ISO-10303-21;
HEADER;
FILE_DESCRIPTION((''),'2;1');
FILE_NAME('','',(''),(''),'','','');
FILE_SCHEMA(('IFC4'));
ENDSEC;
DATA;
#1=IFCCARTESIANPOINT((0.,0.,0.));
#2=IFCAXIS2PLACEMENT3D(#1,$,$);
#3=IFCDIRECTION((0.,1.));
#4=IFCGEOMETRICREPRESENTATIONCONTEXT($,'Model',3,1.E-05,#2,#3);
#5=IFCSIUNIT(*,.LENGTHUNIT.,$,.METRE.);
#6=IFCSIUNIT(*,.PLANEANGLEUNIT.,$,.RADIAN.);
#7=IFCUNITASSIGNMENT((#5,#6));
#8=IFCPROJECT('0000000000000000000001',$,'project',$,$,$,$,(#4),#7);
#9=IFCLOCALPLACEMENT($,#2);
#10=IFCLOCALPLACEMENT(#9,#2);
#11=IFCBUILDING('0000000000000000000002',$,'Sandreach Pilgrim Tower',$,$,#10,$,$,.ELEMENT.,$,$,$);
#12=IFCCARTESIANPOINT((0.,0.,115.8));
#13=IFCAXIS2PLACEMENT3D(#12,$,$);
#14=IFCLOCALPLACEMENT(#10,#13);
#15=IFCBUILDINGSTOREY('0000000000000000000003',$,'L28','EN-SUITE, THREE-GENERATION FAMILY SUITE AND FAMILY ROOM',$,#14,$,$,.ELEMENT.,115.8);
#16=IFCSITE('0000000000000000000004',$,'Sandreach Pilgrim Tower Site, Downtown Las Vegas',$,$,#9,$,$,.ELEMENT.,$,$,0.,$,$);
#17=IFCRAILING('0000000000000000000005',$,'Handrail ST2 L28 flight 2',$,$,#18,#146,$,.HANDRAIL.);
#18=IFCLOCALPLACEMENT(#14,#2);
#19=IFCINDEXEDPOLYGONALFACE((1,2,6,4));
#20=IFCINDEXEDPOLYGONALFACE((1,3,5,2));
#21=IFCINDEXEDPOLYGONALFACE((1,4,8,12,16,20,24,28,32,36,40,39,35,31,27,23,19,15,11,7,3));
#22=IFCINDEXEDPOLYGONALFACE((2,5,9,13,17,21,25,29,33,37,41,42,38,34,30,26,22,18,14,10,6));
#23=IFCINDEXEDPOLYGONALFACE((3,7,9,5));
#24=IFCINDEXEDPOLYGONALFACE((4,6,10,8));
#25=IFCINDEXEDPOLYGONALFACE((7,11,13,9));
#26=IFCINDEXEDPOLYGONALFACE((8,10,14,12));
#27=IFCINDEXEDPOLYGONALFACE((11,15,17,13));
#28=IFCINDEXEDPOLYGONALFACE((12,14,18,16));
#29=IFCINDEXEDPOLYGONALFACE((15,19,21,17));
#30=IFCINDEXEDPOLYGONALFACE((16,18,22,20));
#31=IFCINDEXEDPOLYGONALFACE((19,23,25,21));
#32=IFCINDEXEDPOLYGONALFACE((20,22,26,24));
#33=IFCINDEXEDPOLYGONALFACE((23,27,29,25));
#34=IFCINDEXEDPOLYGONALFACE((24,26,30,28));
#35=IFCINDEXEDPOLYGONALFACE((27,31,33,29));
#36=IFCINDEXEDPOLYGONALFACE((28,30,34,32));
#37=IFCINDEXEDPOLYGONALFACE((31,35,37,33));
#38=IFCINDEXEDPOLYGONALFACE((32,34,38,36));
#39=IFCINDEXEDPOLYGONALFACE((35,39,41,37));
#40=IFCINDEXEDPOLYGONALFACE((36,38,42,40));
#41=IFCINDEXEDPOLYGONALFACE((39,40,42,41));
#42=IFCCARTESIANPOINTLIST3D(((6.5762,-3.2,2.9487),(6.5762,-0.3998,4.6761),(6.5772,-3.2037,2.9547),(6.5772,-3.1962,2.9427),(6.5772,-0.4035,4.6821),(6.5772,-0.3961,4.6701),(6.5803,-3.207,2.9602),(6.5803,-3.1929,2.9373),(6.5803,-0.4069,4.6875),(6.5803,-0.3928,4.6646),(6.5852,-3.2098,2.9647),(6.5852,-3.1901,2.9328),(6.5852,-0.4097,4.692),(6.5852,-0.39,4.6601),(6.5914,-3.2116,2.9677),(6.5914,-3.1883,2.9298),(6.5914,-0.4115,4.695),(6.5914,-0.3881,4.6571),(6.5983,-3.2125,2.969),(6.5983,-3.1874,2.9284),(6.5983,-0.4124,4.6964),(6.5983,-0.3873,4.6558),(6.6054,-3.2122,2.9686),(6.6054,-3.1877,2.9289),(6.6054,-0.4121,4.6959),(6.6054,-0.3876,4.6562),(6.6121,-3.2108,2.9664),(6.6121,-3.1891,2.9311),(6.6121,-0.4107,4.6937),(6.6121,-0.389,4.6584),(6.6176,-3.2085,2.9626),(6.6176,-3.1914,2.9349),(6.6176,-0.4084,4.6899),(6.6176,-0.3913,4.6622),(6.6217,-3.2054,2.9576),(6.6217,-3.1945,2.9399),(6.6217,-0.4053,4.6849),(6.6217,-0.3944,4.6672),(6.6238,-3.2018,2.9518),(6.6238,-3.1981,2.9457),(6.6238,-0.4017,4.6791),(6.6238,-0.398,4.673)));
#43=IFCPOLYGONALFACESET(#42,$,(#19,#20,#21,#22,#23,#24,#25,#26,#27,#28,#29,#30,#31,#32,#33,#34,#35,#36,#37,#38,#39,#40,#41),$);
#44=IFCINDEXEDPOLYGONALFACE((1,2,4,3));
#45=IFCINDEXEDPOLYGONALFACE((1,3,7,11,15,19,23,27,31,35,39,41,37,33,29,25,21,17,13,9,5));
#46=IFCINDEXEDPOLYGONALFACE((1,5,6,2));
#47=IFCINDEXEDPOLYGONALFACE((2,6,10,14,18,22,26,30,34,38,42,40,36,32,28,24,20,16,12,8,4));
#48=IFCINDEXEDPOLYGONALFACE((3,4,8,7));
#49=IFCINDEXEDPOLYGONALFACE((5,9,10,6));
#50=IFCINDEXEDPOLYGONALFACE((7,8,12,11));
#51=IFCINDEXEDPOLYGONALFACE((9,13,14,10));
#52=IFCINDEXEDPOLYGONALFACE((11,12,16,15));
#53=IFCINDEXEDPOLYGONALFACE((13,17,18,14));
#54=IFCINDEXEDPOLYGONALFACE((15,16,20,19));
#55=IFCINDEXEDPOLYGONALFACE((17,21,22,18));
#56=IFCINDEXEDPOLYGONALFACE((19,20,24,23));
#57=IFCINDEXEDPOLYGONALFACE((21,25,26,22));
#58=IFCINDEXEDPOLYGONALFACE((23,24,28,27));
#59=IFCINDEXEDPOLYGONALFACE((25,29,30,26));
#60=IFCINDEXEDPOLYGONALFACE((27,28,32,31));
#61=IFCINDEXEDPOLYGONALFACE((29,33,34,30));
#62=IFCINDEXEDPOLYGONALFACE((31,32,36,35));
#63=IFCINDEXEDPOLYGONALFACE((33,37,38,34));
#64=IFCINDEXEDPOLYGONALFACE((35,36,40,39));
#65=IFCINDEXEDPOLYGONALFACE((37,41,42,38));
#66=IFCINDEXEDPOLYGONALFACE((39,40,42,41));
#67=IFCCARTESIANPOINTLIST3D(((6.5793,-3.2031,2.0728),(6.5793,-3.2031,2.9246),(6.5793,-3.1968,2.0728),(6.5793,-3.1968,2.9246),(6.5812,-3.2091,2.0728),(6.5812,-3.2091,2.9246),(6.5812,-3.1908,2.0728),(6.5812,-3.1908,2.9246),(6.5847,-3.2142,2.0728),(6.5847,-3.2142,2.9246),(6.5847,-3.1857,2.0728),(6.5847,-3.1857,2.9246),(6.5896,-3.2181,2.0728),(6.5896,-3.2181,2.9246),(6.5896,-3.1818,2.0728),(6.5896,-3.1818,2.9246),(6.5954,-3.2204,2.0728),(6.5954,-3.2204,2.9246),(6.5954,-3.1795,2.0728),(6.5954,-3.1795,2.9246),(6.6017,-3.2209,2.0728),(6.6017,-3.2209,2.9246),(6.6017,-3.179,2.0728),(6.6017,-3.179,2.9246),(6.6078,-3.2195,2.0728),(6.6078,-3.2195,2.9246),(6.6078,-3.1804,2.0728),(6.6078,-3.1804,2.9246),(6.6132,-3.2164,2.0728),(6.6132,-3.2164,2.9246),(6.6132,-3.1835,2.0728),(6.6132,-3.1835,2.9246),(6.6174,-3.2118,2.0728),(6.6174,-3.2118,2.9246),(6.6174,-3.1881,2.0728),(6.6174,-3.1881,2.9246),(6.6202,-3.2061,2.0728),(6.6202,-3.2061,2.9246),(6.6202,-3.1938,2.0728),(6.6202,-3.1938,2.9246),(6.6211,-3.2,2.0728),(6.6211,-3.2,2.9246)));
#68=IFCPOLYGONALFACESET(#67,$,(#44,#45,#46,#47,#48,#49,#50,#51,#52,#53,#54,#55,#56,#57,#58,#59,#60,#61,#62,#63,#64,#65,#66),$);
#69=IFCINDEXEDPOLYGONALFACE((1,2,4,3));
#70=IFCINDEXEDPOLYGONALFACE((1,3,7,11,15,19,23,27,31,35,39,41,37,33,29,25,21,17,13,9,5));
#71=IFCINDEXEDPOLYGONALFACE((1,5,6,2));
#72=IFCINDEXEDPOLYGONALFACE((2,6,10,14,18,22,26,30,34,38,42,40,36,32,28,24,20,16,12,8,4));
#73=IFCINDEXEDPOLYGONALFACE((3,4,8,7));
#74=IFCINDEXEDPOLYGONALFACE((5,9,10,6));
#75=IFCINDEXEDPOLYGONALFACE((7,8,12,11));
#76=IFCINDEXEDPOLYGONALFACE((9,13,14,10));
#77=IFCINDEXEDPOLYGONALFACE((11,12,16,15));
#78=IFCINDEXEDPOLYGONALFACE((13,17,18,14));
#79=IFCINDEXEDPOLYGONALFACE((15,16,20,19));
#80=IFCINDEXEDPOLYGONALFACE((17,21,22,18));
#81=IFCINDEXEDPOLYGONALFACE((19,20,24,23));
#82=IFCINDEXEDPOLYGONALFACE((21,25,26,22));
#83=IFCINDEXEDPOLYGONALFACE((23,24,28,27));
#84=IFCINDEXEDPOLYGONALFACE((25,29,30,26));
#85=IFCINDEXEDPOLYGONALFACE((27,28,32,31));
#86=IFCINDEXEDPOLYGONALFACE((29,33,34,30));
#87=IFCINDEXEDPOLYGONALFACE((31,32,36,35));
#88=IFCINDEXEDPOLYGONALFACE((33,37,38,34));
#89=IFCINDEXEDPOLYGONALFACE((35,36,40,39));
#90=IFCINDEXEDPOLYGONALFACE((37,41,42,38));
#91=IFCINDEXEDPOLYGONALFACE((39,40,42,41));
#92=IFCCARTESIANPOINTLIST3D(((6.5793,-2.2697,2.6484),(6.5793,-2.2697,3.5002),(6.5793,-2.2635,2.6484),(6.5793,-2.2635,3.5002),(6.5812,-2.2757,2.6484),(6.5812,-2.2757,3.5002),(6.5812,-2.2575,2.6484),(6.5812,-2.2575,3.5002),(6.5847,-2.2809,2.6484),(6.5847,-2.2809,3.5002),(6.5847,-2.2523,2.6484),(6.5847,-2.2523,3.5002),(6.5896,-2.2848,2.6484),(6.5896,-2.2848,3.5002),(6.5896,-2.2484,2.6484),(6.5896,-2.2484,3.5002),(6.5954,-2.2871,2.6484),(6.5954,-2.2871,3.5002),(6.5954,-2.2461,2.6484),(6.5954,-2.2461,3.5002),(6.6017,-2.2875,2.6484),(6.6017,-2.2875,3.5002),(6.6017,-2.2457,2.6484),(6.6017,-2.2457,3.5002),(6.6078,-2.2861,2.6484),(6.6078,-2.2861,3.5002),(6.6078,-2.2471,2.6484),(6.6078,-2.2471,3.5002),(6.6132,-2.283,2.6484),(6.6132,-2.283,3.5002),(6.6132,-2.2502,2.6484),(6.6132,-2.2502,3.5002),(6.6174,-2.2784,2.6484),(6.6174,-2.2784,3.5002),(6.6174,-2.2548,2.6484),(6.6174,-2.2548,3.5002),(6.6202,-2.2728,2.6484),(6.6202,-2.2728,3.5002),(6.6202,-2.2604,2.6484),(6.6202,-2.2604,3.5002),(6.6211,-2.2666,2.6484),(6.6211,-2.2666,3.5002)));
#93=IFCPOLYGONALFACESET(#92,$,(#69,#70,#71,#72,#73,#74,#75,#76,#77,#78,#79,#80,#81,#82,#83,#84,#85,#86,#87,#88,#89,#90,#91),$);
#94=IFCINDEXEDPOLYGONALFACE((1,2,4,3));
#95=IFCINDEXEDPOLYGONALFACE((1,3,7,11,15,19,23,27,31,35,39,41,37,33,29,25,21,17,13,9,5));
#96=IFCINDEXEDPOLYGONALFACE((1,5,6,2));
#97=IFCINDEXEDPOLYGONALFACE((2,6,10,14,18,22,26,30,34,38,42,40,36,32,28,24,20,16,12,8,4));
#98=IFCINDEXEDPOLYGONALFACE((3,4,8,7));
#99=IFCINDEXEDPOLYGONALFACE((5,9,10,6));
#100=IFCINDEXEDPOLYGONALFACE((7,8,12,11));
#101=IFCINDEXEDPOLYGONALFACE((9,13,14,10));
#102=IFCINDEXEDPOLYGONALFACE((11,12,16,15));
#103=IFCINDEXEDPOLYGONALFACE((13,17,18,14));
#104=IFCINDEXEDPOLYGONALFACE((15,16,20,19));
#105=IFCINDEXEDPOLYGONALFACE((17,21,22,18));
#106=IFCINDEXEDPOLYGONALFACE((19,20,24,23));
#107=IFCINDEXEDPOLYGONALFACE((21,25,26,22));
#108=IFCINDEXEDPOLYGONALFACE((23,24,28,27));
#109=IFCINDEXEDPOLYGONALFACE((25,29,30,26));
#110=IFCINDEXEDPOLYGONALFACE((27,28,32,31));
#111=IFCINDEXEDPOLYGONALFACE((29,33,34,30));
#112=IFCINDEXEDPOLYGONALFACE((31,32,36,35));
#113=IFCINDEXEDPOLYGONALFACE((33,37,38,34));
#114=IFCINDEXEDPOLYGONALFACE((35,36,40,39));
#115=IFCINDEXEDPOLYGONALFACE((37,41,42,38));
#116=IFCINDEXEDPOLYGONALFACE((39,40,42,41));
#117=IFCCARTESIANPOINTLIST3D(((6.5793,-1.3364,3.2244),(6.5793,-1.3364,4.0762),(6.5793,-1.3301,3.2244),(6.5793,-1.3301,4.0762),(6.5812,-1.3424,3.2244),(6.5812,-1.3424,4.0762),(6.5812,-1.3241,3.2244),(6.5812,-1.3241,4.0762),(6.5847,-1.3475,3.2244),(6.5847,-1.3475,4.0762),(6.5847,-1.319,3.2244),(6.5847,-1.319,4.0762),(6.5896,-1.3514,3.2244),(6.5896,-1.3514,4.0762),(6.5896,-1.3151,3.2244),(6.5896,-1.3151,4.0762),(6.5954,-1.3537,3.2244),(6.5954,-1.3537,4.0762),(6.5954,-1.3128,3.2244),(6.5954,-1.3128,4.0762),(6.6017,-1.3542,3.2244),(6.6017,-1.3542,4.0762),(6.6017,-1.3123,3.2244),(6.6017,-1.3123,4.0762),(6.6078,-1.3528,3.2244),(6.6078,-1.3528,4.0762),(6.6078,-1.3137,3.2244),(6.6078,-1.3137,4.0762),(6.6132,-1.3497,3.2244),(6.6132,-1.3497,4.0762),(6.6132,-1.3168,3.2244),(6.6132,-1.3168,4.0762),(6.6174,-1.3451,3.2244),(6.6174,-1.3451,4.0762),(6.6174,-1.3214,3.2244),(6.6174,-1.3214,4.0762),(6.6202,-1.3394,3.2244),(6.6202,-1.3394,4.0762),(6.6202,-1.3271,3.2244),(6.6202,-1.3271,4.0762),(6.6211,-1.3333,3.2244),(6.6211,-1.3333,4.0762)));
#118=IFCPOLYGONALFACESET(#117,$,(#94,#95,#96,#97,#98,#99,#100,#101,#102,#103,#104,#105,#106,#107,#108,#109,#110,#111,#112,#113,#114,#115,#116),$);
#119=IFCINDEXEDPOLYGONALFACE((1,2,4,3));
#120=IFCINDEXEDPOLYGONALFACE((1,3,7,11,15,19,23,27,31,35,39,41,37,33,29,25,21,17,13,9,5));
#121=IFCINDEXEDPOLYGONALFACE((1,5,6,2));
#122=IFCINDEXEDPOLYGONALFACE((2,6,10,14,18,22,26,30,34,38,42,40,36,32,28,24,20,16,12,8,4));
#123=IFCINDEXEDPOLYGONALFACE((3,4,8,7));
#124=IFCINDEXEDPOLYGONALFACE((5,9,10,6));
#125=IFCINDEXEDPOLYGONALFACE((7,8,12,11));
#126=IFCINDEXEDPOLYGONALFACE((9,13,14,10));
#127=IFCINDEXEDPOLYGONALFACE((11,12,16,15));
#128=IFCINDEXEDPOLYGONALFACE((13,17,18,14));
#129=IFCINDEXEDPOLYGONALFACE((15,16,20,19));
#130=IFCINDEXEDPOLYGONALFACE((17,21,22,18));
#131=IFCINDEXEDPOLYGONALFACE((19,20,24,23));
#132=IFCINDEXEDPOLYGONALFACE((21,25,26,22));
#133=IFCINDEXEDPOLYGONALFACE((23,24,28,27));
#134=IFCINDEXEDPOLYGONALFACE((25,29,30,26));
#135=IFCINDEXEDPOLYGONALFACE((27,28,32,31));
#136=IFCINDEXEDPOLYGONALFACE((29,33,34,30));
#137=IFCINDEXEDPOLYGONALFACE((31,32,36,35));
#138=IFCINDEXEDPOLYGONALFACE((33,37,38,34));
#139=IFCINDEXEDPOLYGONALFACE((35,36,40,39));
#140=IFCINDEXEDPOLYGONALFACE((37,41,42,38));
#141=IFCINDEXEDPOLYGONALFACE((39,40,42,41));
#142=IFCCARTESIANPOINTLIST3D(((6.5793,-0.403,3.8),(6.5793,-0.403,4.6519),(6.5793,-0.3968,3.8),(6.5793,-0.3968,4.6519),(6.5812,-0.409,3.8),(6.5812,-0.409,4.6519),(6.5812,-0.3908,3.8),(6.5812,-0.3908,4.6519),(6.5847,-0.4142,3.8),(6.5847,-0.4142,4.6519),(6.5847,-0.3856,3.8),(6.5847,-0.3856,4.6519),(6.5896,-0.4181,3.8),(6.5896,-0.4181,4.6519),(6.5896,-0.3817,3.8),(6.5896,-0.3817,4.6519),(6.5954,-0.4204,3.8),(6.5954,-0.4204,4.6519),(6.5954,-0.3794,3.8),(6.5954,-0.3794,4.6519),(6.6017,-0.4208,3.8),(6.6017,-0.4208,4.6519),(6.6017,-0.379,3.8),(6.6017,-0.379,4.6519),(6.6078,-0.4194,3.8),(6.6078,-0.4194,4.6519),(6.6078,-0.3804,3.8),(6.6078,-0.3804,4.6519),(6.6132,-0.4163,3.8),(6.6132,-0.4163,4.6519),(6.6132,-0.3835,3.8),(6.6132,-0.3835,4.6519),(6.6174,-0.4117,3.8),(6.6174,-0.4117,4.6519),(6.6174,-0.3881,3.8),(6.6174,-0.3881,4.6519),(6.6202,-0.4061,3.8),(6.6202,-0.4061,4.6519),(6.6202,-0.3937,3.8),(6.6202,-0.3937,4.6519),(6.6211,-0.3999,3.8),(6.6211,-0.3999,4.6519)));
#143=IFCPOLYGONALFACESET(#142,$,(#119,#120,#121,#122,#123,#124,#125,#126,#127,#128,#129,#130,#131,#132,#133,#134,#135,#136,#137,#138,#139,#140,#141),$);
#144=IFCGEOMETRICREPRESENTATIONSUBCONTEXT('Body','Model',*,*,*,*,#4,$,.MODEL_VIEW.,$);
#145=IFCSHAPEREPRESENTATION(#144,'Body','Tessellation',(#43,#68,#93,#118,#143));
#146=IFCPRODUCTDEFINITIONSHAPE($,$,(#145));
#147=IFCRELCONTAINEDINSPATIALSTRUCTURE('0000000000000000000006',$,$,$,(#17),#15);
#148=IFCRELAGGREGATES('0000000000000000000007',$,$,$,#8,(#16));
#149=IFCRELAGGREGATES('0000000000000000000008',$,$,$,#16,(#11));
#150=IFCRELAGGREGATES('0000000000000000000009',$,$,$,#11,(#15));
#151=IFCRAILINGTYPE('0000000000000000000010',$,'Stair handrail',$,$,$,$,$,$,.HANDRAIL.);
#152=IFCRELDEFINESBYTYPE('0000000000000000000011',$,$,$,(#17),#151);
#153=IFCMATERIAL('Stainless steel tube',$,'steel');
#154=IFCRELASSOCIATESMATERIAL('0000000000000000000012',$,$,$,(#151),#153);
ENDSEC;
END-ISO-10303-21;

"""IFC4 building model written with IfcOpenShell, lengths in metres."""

from ifc_helpers import new_model, si_unit, direction, frame, origin, origin_2d, place, context, subcontext, project, spatial, circle, extrude, material, type_object, element, save


model = new_model("IFC4")

# Units and contexts
model_context = context("Model", 3, precision=1e-05, world=origin(), true_north=direction((0.0, 1.0)))
body_context = subcontext(model_context, "Body", "Model", "MODEL_VIEW")
ifc_project = project(units=[si_unit("LENGTHUNIT", "METRE"), si_unit("PLANEANGLEUNIT", "RADIAN")], contexts=[model_context])

# Site, building, storey
site_placement = place(None, origin())
site = spatial("IfcSite", under=ifc_project, at=site_placement, Name="Sandreach Pilgrim Tower Site, Downtown Las Vegas", CompositionType="ELEMENT", RefElevation=0.0)
building_placement = place(site_placement, origin())
building = spatial("IfcBuilding", under=site, at=building_placement, Name="Sandreach Pilgrim Tower", CompositionType="ELEMENT")
storey_placement = place(building_placement, frame((0.0, 0.0, 115.8)))
storey = spatial("IfcBuildingStorey", under=building, at=storey_placement, Name="L28", Description="EN-SUITE, THREE-GENERATION FAMILY SUITE AND FAMILY ROOM", CompositionType="ELEMENT", Elevation=115.8)

# Railing
ifc_material_1 = material(Name="Stainless steel tube", Category="steel")
railing_type = type_object("IfcRailingType", Name="Stair handrail", PredefinedType="HANDRAIL", material=ifc_material_1)
for number, where, name in (
    (1, (6.6001, -3.2, 2.0728), "Handrail ST2 L28 flight 2"),
):
    element("IfcRailing", number, at=place(storey_placement, frame(where)), inside=storey, type_object=railing_type, Name=name, PredefinedType="HANDRAIL", context=body_context, shape_type="SweptSolid", body=[
        extrude(circle(Radius=0.0239, at=origin_2d()), frame((0.0, 0.0, 0.876), z_axis=(0.0, 0.85109, 0.52502), x_axis=(-1.0, 0.0, 0.0)), (0.0, 0.0, 1.0), 3.29),
        extrude(circle(Radius=0.021, at=origin_2d()), origin(), (0.0, 0.0, 1.0), 0.8518),
        extrude(circle(Radius=0.021, at=origin_2d()), frame((0.0, 0.9333, 0.5757)), (0.0, 0.0, 1.0), 0.8518),
        extrude(circle(Radius=0.021, at=origin_2d()), frame((0.0, 1.8667, 1.1516)), (0.0, 0.0, 1.0), 0.8518),
        extrude(circle(Radius=0.021, at=origin_2d()), frame((0.0, 2.8, 1.7273)), (0.0, 0.0, 1.0), 0.8518),
    ])

save(model, "model.ifc")
